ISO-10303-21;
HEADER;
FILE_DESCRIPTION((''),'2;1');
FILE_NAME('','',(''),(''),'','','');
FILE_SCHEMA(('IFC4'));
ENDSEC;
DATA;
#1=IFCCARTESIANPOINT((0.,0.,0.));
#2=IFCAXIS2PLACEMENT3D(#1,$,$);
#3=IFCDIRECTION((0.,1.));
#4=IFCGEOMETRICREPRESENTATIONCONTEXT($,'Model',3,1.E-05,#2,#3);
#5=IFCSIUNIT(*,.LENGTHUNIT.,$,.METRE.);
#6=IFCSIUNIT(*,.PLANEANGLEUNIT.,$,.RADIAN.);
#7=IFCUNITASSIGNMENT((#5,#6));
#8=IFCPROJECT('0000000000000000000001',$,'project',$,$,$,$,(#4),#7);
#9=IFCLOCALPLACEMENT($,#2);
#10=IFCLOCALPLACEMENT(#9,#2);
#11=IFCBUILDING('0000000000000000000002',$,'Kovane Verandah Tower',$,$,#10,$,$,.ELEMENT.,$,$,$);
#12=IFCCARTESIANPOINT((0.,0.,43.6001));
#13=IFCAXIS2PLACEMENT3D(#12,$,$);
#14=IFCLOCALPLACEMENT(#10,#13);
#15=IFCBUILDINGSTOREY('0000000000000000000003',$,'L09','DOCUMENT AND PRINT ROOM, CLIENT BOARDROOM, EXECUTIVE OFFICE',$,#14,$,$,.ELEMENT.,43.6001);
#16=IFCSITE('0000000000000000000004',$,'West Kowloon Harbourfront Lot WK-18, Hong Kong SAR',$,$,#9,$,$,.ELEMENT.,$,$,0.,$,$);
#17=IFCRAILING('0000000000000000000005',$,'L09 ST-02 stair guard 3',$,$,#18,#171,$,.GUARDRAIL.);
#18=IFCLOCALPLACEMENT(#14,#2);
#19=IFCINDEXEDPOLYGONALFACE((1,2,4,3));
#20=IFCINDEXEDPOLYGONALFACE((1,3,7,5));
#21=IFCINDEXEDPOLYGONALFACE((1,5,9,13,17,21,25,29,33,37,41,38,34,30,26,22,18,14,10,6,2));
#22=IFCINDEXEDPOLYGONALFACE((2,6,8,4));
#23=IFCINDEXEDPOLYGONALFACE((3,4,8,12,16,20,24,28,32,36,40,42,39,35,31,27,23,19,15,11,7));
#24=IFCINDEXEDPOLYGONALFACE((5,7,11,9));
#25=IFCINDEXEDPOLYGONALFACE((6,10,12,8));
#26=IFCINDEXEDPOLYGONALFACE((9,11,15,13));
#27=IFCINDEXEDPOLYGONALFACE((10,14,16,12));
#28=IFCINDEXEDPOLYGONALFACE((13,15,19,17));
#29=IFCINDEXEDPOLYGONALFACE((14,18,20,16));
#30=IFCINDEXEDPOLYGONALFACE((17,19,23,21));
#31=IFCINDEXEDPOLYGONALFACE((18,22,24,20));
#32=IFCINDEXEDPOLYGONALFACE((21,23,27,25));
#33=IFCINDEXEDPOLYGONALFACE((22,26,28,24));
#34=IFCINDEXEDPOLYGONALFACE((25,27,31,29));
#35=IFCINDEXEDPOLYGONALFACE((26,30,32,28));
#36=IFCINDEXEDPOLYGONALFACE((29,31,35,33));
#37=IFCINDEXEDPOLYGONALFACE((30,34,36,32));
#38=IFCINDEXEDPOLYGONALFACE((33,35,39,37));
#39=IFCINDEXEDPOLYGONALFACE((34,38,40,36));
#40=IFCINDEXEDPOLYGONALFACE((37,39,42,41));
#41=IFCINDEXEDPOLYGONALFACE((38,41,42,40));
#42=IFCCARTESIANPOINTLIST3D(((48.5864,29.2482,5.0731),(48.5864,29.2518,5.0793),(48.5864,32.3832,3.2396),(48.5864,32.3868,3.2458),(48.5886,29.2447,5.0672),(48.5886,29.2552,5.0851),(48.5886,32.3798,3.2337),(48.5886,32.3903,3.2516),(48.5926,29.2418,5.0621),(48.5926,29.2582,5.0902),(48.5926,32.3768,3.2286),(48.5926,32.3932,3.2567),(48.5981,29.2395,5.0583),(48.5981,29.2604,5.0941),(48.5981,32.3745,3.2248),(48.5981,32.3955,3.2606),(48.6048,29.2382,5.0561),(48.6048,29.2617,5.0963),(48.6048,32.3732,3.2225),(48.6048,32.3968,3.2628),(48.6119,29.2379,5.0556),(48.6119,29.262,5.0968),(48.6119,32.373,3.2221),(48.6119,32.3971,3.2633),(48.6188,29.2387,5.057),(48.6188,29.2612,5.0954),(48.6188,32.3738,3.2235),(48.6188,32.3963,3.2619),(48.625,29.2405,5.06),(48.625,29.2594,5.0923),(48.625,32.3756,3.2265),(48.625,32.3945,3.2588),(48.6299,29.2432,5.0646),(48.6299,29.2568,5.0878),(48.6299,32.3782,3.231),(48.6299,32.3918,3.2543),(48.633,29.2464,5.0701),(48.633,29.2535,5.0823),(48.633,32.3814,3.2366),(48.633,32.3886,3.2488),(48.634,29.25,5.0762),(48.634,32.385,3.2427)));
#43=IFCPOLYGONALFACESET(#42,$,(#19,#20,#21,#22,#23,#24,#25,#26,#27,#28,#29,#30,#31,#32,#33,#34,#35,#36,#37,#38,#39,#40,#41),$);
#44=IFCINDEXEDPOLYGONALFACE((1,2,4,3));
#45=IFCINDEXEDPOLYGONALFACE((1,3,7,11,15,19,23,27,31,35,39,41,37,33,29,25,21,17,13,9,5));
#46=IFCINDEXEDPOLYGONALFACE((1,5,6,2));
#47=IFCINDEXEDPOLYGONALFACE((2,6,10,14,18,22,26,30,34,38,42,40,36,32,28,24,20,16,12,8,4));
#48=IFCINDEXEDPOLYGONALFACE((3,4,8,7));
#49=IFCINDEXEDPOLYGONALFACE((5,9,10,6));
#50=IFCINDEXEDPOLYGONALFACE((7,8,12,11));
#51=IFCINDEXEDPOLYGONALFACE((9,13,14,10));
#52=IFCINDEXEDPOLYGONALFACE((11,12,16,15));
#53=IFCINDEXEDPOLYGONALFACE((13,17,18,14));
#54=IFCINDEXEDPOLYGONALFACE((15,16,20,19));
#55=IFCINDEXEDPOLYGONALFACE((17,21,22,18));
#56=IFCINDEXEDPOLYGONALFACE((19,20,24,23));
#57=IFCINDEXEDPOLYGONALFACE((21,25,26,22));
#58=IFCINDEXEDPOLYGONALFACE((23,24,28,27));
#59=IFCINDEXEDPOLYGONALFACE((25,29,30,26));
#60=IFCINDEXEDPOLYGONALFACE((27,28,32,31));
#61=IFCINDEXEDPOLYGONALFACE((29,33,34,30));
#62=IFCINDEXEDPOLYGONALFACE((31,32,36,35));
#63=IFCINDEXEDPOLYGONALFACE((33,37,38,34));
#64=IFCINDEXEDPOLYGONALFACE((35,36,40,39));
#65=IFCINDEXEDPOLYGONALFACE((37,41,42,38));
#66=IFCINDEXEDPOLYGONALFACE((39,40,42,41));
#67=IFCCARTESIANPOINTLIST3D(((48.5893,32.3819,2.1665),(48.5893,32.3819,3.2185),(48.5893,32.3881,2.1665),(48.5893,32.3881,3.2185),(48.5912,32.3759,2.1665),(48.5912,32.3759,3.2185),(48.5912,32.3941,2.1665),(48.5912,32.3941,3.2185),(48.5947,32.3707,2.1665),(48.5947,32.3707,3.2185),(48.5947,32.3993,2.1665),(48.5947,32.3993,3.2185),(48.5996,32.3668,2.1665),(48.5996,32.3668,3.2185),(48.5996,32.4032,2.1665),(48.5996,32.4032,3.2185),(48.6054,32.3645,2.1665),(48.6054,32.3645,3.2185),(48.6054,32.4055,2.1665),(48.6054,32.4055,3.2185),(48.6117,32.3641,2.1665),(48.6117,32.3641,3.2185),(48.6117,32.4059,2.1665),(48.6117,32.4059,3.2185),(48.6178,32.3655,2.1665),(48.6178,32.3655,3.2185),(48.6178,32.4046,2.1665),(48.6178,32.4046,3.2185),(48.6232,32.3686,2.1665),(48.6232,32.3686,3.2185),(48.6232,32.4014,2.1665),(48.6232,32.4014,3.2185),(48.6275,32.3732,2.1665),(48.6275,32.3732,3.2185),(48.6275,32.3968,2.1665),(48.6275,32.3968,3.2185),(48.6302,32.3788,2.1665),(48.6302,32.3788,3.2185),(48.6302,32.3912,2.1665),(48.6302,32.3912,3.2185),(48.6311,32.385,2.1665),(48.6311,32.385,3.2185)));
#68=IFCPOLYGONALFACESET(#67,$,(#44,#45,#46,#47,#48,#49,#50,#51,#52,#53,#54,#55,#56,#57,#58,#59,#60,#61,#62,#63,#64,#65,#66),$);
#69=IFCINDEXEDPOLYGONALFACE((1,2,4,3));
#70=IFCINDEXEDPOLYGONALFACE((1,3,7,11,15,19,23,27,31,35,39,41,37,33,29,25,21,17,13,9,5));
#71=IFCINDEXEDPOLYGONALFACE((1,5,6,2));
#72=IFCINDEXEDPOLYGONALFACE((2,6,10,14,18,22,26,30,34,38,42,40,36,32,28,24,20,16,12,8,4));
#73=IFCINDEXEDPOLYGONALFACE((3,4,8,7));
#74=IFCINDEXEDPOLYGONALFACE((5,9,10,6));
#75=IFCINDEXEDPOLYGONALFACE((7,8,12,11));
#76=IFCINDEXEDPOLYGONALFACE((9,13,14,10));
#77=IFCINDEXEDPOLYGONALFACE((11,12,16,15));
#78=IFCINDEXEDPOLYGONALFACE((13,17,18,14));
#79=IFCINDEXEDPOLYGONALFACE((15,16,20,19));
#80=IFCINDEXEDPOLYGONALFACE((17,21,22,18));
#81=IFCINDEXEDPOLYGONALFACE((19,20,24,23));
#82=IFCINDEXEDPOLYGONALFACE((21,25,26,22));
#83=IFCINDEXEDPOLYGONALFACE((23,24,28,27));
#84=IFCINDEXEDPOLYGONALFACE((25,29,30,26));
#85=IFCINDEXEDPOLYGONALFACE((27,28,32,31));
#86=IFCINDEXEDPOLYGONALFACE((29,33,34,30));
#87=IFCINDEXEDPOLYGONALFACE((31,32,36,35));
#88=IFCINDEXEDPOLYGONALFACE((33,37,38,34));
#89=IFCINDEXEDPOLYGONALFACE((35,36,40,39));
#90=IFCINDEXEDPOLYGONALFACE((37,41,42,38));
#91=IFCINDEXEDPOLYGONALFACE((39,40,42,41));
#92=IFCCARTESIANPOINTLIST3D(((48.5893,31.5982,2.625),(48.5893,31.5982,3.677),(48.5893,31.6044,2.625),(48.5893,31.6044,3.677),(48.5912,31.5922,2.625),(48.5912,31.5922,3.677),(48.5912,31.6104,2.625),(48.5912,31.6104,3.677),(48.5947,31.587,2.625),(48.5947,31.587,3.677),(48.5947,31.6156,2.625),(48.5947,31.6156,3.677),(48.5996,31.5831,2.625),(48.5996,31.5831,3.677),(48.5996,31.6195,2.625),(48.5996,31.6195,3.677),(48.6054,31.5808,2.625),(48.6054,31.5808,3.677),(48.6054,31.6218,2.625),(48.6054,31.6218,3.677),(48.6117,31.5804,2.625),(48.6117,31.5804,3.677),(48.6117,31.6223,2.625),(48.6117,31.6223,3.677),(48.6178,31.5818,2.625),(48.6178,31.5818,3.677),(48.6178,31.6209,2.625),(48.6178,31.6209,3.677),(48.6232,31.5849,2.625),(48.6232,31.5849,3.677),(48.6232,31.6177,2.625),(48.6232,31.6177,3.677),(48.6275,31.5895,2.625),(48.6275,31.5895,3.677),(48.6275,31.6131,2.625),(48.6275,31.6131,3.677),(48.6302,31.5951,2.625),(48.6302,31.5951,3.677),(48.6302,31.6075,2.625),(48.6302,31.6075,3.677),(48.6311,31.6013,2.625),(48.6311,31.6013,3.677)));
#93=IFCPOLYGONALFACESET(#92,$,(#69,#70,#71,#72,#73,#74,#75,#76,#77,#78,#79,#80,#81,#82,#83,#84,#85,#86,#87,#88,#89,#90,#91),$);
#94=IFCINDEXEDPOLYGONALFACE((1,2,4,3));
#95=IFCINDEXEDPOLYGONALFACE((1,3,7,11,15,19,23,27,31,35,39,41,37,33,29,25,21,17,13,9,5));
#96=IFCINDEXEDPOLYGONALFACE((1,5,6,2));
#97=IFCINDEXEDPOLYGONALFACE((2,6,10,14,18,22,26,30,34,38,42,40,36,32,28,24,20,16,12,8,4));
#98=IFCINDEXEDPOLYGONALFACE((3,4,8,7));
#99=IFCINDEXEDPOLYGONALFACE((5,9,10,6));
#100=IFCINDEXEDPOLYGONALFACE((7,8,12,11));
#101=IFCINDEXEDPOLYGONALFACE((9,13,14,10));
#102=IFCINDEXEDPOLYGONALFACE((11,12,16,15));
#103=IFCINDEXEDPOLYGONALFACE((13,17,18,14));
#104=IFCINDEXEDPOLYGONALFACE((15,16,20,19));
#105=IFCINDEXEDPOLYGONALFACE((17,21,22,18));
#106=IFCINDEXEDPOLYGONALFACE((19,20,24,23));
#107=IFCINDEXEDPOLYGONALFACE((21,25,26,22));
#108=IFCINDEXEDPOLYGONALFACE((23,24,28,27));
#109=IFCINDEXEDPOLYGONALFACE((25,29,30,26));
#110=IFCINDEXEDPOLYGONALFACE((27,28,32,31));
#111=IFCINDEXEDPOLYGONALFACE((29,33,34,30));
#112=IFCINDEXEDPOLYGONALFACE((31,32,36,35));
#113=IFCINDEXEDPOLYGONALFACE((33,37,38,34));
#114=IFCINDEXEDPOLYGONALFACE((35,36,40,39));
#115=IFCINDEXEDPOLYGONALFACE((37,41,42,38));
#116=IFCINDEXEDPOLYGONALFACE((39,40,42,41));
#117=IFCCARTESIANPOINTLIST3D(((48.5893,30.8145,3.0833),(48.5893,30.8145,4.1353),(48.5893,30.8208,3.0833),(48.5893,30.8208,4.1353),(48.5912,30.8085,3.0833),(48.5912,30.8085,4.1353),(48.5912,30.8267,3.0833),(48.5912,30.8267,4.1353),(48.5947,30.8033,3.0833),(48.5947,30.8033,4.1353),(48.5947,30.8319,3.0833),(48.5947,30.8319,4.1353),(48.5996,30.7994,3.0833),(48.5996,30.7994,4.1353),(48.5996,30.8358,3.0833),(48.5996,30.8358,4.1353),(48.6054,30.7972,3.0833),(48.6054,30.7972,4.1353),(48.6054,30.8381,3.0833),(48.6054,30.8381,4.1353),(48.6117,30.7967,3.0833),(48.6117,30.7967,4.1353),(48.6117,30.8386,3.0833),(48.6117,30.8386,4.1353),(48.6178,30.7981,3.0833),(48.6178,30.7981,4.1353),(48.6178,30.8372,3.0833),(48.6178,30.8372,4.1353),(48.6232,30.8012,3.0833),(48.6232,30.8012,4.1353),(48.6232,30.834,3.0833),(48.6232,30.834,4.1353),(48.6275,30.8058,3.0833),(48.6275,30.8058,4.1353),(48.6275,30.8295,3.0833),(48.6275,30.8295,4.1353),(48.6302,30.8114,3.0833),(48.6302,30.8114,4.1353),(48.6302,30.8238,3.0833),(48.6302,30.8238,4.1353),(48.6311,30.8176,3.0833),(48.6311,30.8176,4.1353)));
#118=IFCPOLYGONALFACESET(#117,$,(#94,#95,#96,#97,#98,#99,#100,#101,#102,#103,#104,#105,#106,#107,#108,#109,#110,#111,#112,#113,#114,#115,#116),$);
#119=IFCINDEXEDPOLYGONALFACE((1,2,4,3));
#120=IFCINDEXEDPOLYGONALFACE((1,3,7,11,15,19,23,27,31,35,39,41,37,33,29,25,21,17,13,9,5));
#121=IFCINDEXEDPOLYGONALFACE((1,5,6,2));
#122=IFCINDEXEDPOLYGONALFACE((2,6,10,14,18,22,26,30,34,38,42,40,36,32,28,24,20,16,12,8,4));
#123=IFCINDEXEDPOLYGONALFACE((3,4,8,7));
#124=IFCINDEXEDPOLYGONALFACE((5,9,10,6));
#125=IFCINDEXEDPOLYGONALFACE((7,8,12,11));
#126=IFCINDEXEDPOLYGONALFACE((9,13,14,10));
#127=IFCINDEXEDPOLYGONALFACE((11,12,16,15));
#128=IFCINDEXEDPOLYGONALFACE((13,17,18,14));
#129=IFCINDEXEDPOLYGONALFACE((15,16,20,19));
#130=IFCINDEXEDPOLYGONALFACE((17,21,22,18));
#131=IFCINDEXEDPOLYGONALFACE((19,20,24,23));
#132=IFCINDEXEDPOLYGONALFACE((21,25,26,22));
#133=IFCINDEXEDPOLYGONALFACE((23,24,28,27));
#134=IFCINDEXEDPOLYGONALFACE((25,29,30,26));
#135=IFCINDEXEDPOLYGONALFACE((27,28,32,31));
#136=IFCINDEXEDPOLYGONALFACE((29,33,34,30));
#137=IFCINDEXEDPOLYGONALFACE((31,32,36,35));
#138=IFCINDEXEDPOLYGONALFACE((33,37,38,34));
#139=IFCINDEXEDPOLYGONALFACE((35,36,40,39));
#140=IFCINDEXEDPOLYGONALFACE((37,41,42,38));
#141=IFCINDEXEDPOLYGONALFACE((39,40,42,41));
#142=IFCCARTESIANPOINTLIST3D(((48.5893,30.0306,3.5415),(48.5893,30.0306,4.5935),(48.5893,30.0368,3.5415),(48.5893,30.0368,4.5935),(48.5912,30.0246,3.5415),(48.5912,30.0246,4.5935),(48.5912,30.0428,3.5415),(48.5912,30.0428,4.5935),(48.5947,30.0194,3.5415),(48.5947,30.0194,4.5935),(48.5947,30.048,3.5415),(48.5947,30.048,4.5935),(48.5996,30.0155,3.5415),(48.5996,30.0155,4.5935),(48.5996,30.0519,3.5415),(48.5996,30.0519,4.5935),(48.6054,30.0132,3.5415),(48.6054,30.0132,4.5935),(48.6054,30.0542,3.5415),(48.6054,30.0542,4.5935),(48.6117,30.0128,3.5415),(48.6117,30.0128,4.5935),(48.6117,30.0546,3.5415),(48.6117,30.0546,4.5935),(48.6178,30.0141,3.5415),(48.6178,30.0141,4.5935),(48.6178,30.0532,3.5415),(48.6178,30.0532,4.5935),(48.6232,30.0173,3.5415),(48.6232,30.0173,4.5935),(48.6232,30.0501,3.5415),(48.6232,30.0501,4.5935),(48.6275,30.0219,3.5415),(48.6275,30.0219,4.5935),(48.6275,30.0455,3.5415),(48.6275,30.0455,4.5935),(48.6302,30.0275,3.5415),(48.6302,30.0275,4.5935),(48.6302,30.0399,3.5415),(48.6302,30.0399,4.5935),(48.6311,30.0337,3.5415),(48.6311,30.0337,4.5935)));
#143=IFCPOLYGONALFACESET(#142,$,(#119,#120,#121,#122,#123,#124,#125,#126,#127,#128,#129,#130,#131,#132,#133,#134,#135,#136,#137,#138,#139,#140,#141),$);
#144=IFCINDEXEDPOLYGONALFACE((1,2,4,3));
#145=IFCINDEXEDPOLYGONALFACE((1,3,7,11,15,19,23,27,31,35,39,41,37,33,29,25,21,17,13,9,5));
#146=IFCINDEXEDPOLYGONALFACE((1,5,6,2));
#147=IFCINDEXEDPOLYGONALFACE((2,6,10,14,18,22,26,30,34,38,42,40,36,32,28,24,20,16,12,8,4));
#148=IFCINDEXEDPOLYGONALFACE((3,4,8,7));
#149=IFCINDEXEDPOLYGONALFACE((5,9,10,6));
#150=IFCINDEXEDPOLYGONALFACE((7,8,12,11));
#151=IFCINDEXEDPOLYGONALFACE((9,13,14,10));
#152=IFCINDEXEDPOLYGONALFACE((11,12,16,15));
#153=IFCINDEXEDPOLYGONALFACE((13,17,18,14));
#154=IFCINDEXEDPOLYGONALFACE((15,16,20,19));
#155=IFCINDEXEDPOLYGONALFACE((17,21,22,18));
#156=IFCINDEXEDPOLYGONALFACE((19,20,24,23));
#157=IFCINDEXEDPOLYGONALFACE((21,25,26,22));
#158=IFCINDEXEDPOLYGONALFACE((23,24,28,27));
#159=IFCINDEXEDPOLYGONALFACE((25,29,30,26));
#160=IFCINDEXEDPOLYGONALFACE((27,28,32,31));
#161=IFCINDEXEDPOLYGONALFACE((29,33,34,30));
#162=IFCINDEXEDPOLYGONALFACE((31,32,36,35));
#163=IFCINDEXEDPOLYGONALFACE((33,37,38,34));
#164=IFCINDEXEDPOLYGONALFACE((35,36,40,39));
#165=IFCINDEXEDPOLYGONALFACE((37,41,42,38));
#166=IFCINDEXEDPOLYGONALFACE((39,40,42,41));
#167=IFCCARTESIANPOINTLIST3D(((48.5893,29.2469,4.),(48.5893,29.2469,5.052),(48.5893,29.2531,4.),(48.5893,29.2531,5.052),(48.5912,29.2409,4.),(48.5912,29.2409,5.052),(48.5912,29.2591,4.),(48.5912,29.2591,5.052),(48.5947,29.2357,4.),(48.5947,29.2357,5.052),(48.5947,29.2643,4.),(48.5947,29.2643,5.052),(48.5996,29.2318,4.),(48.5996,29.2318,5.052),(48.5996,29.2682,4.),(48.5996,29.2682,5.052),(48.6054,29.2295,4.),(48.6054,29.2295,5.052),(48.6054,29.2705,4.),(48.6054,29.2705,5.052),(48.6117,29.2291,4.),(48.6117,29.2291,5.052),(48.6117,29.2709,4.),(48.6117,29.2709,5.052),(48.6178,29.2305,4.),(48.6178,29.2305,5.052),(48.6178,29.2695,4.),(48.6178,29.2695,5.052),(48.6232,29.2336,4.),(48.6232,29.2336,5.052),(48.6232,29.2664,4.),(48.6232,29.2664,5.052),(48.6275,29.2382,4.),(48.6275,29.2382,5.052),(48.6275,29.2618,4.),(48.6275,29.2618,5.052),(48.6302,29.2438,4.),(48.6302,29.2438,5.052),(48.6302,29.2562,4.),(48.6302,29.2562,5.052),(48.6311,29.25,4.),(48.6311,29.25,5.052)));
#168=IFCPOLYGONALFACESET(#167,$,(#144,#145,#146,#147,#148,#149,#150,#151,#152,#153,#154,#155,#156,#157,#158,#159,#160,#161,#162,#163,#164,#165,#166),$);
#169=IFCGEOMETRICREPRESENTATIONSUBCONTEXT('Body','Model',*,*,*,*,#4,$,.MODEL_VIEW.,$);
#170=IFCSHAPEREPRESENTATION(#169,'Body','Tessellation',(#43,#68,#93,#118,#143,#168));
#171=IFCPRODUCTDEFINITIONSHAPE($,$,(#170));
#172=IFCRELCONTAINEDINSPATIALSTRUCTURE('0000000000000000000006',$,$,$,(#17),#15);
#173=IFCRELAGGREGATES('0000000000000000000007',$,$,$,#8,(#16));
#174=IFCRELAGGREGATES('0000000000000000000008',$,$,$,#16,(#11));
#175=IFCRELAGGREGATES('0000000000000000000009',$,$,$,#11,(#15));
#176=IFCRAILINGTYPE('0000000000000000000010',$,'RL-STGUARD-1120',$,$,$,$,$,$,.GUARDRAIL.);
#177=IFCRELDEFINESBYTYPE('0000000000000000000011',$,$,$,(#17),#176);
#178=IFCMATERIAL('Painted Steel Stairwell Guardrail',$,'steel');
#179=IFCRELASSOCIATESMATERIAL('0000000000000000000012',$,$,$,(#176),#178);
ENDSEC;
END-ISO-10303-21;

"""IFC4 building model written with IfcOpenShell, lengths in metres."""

from ifc_helpers import new_model, si_unit, direction, frame, origin, origin_2d, place, context, subcontext, project, spatial, circle, extrude, material, type_object, element, save


model = new_model("IFC4")

# Units and contexts
model_context = context("Model", 3, precision=1e-05, world=origin(), true_north=direction((0.0, 1.0)))
body_context = subcontext(model_context, "Body", "Model", "MODEL_VIEW")
ifc_project = project(units=[si_unit("LENGTHUNIT", "METRE"), si_unit("PLANEANGLEUNIT", "RADIAN")], contexts=[model_context])

# Site, building, storey
site_placement = place(None, origin())
site = spatial("IfcSite", under=ifc_project, at=site_placement, Name="West Kowloon Harbourfront Lot WK-18, Hong Kong SAR", CompositionType="ELEMENT", RefElevation=0.0)
building_placement = place(site_placement, origin())
building = spatial("IfcBuilding", under=site, at=building_placement, Name="Kovane Verandah Tower", CompositionType="ELEMENT")
storey_placement = place(building_placement, frame((0.0, 0.0, 43.6001)))
storey = spatial("IfcBuildingStorey", under=building, at=storey_placement, Name="L09", Description="DOCUMENT AND PRINT ROOM, CLIENT BOARDROOM, EXECUTIVE OFFICE", CompositionType="ELEMENT", Elevation=43.6001)

# Railing
ifc_material_1 = material(Name="Painted Steel Stairwell Guardrail", Category="steel")
railing_type_1 = type_object("IfcRailingType", Name="RL-STGUARD-1120", PredefinedType="GUARDRAIL", material=ifc_material_1)
railing_1_placement = place(storey_placement, frame((48.6101, 32.385, 2.1665)))
element("IfcRailing", 1, at=railing_1_placement, inside=storey, type_object=railing_type_1, Name="L09 ST-02 stair guard 3", PredefinedType="GUARDRAIL", context=body_context, shape_type="SweptSolid", body=[
    extrude(circle(Radius=0.0239, at=origin_2d()), frame((0.0, 0.0, 1.0762), z_axis=(0.0, -0.86321, 0.504845), x_axis=(1.0, 0.0, 0.0)), (0.0, 0.0, 1.0), 3.6318),
    extrude(circle(Radius=0.021, at=origin_2d()), origin(), (0.0, 0.0, 1.0), 1.052),
    extrude(circle(Radius=0.021, at=origin_2d()), frame((0.0, -0.7837, 0.4585)), (0.0, 0.0, 1.0), 1.052),
    extrude(circle(Radius=0.021, at=origin_2d()), frame((0.0, -1.5674, 0.9167)), (0.0, 0.0, 1.0), 1.052),
    extrude(circle(Radius=0.021, at=origin_2d()), frame((0.0, -2.3513, 1.375)), (0.0, 0.0, 1.0), 1.052),
    extrude(circle(Radius=0.021, at=origin_2d()), frame((0.0, -3.135, 1.8335)), (0.0, 0.0, 1.0), 1.052),
])

save(model, "model.ifc")
